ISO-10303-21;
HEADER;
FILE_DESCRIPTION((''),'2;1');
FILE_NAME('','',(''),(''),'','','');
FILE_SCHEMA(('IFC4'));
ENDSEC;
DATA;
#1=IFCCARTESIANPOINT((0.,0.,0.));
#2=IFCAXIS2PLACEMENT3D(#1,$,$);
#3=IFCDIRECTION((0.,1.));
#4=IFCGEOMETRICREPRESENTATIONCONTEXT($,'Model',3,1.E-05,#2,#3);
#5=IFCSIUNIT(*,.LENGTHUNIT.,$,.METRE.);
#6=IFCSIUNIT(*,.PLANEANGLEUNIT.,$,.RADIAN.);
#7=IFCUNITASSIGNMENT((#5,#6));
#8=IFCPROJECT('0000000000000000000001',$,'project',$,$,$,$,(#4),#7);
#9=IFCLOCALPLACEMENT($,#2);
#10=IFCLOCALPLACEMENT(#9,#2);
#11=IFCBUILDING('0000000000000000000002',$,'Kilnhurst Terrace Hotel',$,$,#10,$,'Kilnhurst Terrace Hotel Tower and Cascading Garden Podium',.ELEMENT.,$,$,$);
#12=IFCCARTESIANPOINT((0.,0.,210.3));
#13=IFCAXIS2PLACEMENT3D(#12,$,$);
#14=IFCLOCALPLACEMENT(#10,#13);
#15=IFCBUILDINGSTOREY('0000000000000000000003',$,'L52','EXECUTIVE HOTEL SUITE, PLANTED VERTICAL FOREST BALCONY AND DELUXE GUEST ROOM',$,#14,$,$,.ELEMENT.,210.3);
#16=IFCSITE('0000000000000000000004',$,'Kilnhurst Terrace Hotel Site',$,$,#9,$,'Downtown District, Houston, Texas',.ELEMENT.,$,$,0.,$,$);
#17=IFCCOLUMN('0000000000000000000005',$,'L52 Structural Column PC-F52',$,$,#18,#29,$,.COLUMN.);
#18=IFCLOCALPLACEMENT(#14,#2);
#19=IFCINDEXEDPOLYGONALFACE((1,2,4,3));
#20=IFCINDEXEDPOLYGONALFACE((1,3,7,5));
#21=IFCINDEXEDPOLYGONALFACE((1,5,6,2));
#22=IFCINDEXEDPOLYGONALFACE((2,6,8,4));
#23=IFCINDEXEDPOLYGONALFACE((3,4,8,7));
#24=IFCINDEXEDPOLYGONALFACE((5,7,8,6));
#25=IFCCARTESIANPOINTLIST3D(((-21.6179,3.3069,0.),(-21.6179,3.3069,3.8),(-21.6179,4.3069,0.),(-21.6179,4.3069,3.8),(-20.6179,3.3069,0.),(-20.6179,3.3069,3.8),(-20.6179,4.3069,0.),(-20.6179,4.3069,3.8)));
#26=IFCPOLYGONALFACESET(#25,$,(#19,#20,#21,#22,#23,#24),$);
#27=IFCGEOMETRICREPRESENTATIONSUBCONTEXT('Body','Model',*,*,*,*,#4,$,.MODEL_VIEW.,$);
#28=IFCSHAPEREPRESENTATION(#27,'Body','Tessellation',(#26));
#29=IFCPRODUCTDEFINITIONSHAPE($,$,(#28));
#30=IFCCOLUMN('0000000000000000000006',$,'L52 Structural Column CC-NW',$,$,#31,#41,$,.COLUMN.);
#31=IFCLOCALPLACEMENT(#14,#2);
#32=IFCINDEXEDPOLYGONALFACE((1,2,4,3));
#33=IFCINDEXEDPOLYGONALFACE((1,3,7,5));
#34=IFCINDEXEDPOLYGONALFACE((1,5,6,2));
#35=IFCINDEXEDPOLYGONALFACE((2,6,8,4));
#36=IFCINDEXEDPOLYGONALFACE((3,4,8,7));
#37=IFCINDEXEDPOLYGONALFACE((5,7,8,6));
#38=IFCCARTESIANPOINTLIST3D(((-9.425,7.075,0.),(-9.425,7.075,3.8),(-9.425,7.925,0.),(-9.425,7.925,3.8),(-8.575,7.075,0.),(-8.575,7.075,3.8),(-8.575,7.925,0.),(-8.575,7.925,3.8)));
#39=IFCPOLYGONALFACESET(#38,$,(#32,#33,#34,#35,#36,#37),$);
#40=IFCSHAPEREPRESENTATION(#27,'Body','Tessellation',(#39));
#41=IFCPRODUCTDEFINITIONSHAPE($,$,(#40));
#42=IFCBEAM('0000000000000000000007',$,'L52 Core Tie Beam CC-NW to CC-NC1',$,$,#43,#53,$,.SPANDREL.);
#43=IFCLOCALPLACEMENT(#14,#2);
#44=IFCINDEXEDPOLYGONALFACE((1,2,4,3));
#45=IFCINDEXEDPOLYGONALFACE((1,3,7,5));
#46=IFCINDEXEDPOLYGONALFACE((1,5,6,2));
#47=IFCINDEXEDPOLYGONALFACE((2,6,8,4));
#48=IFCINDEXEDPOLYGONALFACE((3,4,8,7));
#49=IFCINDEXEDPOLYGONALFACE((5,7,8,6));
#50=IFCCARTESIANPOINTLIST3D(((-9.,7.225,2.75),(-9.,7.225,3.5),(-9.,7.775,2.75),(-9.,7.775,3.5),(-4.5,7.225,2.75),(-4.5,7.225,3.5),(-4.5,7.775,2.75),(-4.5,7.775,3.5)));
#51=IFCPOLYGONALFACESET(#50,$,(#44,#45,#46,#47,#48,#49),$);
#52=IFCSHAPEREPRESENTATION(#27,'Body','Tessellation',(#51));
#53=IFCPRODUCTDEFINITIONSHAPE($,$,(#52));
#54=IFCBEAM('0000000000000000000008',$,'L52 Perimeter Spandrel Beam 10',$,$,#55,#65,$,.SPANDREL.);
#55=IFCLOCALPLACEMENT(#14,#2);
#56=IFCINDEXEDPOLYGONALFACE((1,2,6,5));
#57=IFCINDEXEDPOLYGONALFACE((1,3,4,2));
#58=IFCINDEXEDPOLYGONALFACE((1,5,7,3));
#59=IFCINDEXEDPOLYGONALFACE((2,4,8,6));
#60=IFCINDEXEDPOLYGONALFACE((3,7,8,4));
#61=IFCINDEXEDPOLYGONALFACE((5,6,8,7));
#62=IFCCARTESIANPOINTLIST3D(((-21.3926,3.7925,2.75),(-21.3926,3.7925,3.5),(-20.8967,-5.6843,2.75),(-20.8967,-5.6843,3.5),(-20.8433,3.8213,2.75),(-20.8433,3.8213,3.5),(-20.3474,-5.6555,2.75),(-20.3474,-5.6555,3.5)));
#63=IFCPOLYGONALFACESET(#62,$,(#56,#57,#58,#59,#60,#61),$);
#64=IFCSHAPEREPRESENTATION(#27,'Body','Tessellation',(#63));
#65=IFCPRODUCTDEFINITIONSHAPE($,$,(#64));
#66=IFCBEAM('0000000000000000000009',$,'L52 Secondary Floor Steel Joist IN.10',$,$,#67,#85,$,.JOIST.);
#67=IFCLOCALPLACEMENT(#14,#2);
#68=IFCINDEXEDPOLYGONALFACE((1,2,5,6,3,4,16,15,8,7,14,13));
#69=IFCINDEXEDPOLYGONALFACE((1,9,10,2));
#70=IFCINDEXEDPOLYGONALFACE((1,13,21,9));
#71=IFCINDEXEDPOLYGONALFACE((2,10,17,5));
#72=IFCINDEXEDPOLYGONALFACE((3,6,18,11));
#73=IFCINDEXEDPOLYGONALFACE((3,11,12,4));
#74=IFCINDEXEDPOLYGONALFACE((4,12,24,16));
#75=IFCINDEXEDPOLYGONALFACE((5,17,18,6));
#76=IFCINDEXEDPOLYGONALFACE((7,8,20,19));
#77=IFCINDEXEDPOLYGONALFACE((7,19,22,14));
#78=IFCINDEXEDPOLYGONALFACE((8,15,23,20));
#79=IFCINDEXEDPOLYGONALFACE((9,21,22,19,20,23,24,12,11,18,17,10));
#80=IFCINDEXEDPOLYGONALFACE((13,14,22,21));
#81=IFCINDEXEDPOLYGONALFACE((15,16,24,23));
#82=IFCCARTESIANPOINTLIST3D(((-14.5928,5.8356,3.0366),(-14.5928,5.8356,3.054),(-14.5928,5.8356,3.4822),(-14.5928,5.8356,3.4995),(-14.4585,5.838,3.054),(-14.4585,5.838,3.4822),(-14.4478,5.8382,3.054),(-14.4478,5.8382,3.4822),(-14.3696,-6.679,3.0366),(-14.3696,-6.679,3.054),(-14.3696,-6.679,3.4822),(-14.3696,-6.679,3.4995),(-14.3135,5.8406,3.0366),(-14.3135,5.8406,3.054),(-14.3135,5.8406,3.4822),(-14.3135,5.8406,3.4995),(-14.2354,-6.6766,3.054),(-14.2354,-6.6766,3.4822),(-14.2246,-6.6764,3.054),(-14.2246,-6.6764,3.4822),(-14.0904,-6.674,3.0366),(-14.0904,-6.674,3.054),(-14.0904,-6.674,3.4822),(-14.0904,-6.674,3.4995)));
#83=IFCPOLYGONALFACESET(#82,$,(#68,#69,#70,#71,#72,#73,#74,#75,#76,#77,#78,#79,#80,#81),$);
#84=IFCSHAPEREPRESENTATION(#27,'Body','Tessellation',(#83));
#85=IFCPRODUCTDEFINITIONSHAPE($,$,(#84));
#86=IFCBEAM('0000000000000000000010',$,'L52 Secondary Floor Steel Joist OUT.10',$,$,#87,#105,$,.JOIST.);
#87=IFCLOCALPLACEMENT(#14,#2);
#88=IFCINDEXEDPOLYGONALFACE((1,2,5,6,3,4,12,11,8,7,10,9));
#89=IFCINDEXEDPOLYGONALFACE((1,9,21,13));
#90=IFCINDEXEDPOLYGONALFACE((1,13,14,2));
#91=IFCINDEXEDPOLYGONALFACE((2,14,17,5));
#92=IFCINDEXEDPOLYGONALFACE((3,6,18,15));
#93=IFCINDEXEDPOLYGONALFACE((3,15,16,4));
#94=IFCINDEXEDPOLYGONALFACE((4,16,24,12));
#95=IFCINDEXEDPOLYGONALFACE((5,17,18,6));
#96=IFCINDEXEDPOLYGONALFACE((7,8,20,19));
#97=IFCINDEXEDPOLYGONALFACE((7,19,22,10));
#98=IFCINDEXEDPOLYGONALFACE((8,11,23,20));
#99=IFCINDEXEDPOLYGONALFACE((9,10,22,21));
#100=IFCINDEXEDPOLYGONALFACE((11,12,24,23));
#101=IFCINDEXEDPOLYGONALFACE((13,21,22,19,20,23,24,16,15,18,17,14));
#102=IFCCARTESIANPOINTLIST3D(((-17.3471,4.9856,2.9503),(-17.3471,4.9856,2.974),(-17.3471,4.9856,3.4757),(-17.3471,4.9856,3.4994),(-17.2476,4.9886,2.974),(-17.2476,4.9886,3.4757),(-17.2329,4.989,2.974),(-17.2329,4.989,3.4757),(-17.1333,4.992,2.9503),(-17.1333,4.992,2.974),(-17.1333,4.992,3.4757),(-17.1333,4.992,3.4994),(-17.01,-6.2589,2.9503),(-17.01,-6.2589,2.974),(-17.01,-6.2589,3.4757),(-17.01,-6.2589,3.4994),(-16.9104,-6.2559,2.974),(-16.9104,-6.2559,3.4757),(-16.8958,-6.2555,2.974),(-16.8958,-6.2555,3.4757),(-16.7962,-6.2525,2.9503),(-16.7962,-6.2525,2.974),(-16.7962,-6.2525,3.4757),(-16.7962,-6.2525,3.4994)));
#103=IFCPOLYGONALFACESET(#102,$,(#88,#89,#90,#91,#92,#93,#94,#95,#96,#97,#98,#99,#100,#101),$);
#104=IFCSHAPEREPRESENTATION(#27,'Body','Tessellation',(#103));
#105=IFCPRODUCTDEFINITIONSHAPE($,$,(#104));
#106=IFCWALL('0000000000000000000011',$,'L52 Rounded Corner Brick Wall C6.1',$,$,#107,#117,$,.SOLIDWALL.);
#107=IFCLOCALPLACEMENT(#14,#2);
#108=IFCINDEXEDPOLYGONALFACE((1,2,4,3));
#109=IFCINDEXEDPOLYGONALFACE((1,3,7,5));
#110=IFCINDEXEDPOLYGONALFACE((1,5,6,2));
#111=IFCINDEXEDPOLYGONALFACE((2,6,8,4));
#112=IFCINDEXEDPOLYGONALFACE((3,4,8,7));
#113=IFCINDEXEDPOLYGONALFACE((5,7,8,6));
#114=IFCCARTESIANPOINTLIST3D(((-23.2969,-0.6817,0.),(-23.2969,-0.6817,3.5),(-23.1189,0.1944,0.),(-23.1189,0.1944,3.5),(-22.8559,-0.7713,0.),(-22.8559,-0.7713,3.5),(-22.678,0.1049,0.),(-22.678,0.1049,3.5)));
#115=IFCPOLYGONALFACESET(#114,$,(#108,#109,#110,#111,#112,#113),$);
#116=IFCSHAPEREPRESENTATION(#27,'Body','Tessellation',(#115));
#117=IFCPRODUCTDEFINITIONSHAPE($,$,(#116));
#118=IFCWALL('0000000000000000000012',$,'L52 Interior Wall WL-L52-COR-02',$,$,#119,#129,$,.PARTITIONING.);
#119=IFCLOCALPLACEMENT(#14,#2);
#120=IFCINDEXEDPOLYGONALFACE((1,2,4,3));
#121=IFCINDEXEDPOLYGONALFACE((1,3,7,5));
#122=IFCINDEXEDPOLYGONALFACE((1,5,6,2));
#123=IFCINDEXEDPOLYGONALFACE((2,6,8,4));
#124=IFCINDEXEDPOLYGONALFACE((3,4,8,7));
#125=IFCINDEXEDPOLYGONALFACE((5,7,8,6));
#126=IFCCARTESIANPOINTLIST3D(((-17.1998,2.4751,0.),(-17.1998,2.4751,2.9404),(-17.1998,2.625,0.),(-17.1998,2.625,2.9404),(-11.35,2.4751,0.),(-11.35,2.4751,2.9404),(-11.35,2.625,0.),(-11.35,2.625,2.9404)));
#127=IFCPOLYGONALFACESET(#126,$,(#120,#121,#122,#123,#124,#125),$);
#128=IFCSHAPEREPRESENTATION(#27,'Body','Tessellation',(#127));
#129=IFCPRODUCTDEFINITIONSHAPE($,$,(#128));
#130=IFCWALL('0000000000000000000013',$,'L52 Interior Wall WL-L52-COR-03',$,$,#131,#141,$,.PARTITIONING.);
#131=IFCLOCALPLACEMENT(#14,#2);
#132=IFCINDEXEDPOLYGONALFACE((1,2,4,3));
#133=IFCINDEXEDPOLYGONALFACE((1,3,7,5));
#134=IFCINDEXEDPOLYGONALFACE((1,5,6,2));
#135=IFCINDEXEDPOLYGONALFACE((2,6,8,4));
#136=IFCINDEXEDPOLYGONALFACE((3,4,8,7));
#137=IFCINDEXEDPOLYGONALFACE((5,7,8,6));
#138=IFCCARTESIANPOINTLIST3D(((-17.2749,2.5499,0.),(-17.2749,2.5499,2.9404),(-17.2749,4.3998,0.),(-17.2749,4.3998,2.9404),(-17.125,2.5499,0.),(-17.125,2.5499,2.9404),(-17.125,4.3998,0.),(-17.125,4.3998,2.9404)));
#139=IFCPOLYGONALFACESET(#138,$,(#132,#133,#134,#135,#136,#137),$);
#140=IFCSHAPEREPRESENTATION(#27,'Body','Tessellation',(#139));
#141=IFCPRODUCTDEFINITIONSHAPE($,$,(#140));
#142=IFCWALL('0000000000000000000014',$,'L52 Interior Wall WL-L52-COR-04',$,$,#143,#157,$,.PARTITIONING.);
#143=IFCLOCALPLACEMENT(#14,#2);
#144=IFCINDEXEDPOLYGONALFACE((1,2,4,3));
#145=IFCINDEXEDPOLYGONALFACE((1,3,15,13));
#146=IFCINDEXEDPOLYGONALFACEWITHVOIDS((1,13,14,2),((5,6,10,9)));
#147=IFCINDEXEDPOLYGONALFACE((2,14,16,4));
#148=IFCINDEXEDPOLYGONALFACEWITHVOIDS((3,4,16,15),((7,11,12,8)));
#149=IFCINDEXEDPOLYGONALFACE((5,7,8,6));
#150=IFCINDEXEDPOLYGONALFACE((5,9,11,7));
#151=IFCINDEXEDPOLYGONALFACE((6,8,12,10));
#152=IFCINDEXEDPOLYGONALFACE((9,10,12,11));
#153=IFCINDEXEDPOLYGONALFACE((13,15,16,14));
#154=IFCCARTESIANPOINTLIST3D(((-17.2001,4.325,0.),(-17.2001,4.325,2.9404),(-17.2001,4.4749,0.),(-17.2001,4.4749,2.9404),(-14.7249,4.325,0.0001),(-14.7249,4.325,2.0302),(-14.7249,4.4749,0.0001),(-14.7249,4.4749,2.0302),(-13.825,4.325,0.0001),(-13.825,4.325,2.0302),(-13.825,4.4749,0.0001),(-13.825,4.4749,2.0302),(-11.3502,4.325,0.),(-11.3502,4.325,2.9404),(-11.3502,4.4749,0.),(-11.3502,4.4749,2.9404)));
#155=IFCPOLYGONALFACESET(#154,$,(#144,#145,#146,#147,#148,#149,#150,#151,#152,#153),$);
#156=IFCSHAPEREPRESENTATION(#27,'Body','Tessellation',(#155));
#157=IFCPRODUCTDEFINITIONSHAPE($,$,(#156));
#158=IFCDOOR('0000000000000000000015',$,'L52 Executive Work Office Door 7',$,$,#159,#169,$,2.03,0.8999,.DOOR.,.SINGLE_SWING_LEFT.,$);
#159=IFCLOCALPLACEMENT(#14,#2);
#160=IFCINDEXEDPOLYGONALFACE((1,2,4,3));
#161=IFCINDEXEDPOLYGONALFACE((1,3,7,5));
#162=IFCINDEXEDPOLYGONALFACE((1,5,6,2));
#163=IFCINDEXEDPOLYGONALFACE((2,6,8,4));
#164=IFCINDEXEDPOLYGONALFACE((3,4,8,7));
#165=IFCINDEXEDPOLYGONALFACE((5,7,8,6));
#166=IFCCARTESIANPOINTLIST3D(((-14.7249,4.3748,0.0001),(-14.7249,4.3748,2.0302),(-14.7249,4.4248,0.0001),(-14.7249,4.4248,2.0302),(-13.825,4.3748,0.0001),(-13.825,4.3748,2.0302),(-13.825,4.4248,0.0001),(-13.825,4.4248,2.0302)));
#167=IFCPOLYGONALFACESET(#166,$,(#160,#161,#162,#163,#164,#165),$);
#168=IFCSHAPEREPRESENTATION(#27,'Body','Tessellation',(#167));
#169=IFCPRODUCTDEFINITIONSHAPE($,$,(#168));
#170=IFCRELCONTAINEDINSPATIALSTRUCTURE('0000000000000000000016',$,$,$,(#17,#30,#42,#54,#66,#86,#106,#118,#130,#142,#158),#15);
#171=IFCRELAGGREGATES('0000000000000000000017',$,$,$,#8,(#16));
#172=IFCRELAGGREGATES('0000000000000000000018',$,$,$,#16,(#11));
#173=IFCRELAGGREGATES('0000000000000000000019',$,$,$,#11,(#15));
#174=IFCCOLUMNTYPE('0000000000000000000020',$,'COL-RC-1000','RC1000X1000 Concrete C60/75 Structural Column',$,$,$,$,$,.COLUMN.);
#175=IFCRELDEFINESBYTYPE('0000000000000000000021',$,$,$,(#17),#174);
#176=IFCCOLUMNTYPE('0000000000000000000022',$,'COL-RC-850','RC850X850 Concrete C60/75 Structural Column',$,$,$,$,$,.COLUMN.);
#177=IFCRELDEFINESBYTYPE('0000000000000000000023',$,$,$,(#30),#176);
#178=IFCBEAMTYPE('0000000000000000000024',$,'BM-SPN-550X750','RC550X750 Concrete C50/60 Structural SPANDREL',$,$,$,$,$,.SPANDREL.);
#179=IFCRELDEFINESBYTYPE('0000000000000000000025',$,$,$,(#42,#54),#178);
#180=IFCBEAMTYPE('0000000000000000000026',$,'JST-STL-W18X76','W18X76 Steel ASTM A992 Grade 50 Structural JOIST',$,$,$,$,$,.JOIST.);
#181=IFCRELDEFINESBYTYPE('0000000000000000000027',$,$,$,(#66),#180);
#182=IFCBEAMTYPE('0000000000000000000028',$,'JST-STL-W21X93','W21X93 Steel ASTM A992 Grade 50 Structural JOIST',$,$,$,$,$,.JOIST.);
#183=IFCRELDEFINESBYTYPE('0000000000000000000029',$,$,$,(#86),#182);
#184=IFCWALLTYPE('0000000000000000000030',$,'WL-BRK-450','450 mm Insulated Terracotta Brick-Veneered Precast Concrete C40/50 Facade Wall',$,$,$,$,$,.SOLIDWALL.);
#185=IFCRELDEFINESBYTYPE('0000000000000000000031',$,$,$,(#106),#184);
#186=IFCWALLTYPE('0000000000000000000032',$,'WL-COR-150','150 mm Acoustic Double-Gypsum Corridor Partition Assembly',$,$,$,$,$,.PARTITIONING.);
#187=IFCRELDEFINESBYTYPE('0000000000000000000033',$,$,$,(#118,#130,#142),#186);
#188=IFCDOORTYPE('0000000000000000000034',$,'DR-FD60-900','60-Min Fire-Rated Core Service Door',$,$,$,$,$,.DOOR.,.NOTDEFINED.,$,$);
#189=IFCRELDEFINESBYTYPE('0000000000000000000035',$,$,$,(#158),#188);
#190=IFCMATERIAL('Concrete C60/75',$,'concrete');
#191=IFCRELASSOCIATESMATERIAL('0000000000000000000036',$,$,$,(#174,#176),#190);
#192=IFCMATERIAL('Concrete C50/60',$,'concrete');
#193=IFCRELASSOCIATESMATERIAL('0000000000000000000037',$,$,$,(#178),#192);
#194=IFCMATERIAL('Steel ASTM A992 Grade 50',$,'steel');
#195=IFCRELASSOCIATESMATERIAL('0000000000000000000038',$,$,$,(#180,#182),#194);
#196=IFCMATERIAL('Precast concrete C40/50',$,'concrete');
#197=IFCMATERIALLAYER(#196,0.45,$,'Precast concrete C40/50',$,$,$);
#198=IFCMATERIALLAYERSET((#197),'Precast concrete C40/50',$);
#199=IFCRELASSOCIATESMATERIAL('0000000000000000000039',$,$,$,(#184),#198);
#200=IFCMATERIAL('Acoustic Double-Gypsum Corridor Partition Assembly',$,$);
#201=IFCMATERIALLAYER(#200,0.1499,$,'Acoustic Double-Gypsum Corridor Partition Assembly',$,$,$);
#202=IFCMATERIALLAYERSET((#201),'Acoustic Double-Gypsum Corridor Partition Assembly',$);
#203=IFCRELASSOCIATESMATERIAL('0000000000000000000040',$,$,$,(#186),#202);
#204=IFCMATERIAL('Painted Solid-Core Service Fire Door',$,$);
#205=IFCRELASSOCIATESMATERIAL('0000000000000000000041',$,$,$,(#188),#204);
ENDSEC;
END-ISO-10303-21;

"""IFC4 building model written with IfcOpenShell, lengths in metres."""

from ifc_helpers import new_model, si_unit, direction, frame, frame_2d, origin, origin_2d, place, context, subcontext, project, spatial, rectangle, i_section, extrude, material, layer, layer_set, material_profile, profile_set, type_object, element, fill, save


model = new_model("IFC4")

# Units and contexts
model_context = context("Model", 3, precision=1e-05, world=origin(), true_north=direction((0.0, 1.0)))
body_context = subcontext(model_context, "Body", "Model", "MODEL_VIEW")
ifc_project = project(units=[si_unit("LENGTHUNIT", "METRE"), si_unit("PLANEANGLEUNIT", "RADIAN")], contexts=[model_context])

# Site, building, storey
site_placement = place(None, origin())
site = spatial("IfcSite", under=ifc_project, at=site_placement, Name="Kilnhurst Terrace Hotel Site", LongName="Downtown District, Houston, Texas", CompositionType="ELEMENT", RefElevation=0.0)
building_placement = place(site_placement, origin())
building = spatial("IfcBuilding", under=site, at=building_placement, Name="Kilnhurst Terrace Hotel", LongName="Kilnhurst Terrace Hotel Tower and Cascading Garden Podium", CompositionType="ELEMENT")
storey_placement = place(building_placement, frame((0.0, 0.0, 210.3)))
storey = spatial("IfcBuildingStorey", under=building, at=storey_placement, Name="L52", Description="EXECUTIVE HOTEL SUITE, PLANTED VERTICAL FOREST BALCONY AND DELUXE GUEST ROOM", CompositionType="ELEMENT", Elevation=210.3)

# Columns
ifc_material_1 = material(Name="Concrete C60/75", Category="concrete")
ifc_material_profile_1 = material_profile(ifc_material_1, rectangle(XDim=1.0, YDim=1.0, at=origin_2d()), Name="RC1000X1000")
ifc_profile_set_1 = profile_set([ifc_material_profile_1], Name="Concrete C60/75")
column_type_1 = type_object("IfcColumnType", Name="COL-RC-1000", Description="RC1000X1000 Concrete C60/75 Structural Column", PredefinedType="COLUMN", material=ifc_profile_set_1)
column_1_placement = place(storey_placement, frame((-21.1179, 3.8069, 0.0), z_axis=(0.0, 0.0, 1.0), x_axis=(1.0, 0.0, 0.0)))
element("IfcColumn", 1, at=column_1_placement, inside=storey, type_object=column_type_1, Name="L52 Structural Column PC-F52", PredefinedType="COLUMN", context=body_context, shape_type="SweptSolid", body=[
    extrude(rectangle(XDim=1.0, YDim=1.0, at=origin_2d()), origin(), (0.0, 0.0, 1.0), 3.8),
])
ifc_material_profile_2 = material_profile(ifc_material_1, rectangle(XDim=0.8501, YDim=0.8501, at=origin_2d()), Name="RC850X850")
ifc_profile_set_2 = profile_set([ifc_material_profile_2], Name="Concrete C60/75")
column_type_2 = type_object("IfcColumnType", Name="COL-RC-850", Description="RC850X850 Concrete C60/75 Structural Column", PredefinedType="COLUMN", material=ifc_profile_set_2)
column_2_placement = place(storey_placement, frame((-9.0, 7.5, 0.0), z_axis=(0.0, 0.0, 1.0), x_axis=(1.0, 0.0, 0.0)))
element("IfcColumn", 2, at=column_2_placement, inside=storey, type_object=column_type_2, Name="L52 Structural Column CC-NW", PredefinedType="COLUMN", context=body_context, shape_type="SweptSolid", body=[
    extrude(rectangle(XDim=0.8501, YDim=0.8501, at=origin_2d()), origin(), (0.0, 0.0, 1.0), 3.8),
])

# Beams
ifc_material_2 = material(Name="Concrete C50/60", Category="concrete")
ifc_material_profile_3 = material_profile(ifc_material_2, rectangle(XDim=0.55, YDim=0.75, at=origin_2d()), Name="RC550X750")
ifc_profile_set_3 = profile_set([ifc_material_profile_3], Name="Concrete C50/60")
beam_type_1 = type_object("IfcBeamType", Name="BM-SPN-550X750", Description="RC550X750 Concrete C50/60 Structural SPANDREL", PredefinedType="SPANDREL", material=ifc_profile_set_3)
beam_1_placement = place(storey_placement, frame((-9.0, 7.5, 3.125), z_axis=(1.0, 0.0, 0.0), x_axis=(0.0, 1.0, 0.0)))
element("IfcBeam", 3, at=beam_1_placement, inside=storey, type_object=beam_type_1, Name="L52 Core Tie Beam CC-NW to CC-NC1", PredefinedType="SPANDREL", context=body_context, shape_type="SweptSolid", body=[
    extrude(rectangle(XDim=0.55, YDim=0.75, at=origin_2d()), origin(), (0.0, 0.0, 1.0), 4.5),
])
beam_2_placement = place(storey_placement, frame((-21.1179, 3.8069, 3.125), z_axis=(0.052251, -0.998634, 0.0), x_axis=(0.998634, 0.052251, 0.0)))
element("IfcBeam", 4, at=beam_2_placement, inside=storey, type_object=beam_type_1, Name="L52 Perimeter Spandrel Beam 10", PredefinedType="SPANDREL", context=body_context, shape_type="SweptSolid", body=[
    extrude(rectangle(XDim=0.55, YDim=0.75, at=origin_2d()), origin(), (0.0, 0.0, 1.0), 9.4897),
])
ifc_material_3 = material(Name="Steel ASTM A992 Grade 50", Category="steel")
ifc_material_profile_4 = material_profile(ifc_material_3, i_section(OverallWidth=0.2793, OverallDepth=0.4629, WebThickness=0.0107, FlangeThickness=0.0173, at=origin_2d()), Name="W18X76")
ifc_profile_set_4 = profile_set([ifc_material_profile_4], Name="Steel ASTM A992 Grade 50")
beam_type_2 = type_object("IfcBeamType", Name="JST-STL-W18X76", Description="W18X76 Steel ASTM A992 Grade 50 Structural JOIST", PredefinedType="JOIST", material=ifc_profile_set_4)
beam_3_placement = place(storey_placement, frame((-14.4531, 5.8381, 3.2681), z_axis=(0.017828, -0.999841, 0.0), x_axis=(0.999841, 0.017828, 0.0)))
element("IfcBeam", 5, at=beam_3_placement, inside=storey, type_object=beam_type_2, Name="L52 Secondary Floor Steel Joist IN.10", PredefinedType="JOIST", context=body_context, shape_type="SweptSolid", body=[
    extrude(i_section(OverallWidth=0.2793, OverallDepth=0.4629, WebThickness=0.0107, FlangeThickness=0.0173, at=origin_2d()), origin(), (0.0, 0.0, 1.0), 12.5166),
])
ifc_material_profile_5 = material_profile(ifc_material_3, i_section(OverallWidth=0.2139, OverallDepth=0.5491, WebThickness=0.0146, FlangeThickness=0.0237, at=origin_2d()), Name="W21X93")
ifc_profile_set_5 = profile_set([ifc_material_profile_5], Name="Steel ASTM A992 Grade 50")
beam_type_3 = type_object("IfcBeamType", Name="JST-STL-W21X93", Description="W21X93 Steel ASTM A992 Grade 50 Structural JOIST", PredefinedType="JOIST", material=ifc_profile_set_5)
beam_4_placement = place(storey_placement, frame((-17.2402, 4.9888, 3.2249), z_axis=(0.029971, -0.999551, 0.0), x_axis=(0.999551, 0.029971, 0.0)))
element("IfcBeam", 6, at=beam_4_placement, inside=storey, type_object=beam_type_3, Name="L52 Secondary Floor Steel Joist OUT.10", PredefinedType="JOIST", context=body_context, shape_type="SweptSolid", body=[
    extrude(i_section(OverallWidth=0.2139, OverallDepth=0.5491, WebThickness=0.0146, FlangeThickness=0.0237, at=origin_2d()), origin(), (0.0, 0.0, 1.0), 11.2495),
])

# Walls
ifc_material_4 = material(Name="Precast concrete C40/50", Category="concrete")
ifc_layer_1 = layer(ifc_material_4, 0.45, Name="Precast concrete C40/50")
ifc_layer_set_1 = layer_set([ifc_layer_1], Name="Precast concrete C40/50")
wall_type_1 = type_object("IfcWallType", Name="WL-BRK-450", Description="450 mm Insulated Terracotta Brick-Veneered Precast Concrete C40/50 Facade Wall", PredefinedType="SOLIDWALL", material=ifc_layer_set_1)
wall_1_placement = place(storey_placement, frame((-22.8984, 0.1497, 0.0), z_axis=(0.0, 0.0, 1.0), x_axis=(-0.199056, -0.979988, 0.0)))
element("IfcWall", 7, at=wall_1_placement, inside=storey, type_object=wall_type_1, Name="L52 Rounded Corner Brick Wall C6.1", PredefinedType="SOLIDWALL", context=body_context, shape_type="SweptSolid", body=[
    extrude(rectangle(XDim=0.894, YDim=0.45, at=frame_2d((0.447, 0.0))), origin(), (0.0, 0.0, 1.0), 3.5),
])
ifc_material_5 = material(Name="Acoustic Double-Gypsum Corridor Partition Assembly")
ifc_layer_2 = layer(ifc_material_5, 0.1499, Name="Acoustic Double-Gypsum Corridor Partition Assembly")
ifc_layer_set_2 = layer_set([ifc_layer_2], Name="Acoustic Double-Gypsum Corridor Partition Assembly")
wall_type_2 = type_object("IfcWallType", Name="WL-COR-150", Description="150 mm Acoustic Double-Gypsum Corridor Partition Assembly", PredefinedType="PARTITIONING", material=ifc_layer_set_2)
wall_2_placement = place(storey_placement, frame((-11.3501, 2.55, 0.0), z_axis=(0.0, 0.0, 1.0), x_axis=(-1.0, 0.0, 0.0)))
element("IfcWall", 8, at=wall_2_placement, inside=storey, type_object=wall_type_2, Name="L52 Interior Wall WL-L52-COR-02", PredefinedType="PARTITIONING", context=body_context, shape_type="SweptSolid", body=[
    extrude(rectangle(XDim=5.8499, YDim=0.1499, at=frame_2d((2.9248, 0.0))), origin(), (0.0, 0.0, 1.0), 2.9404),
])
wall_3_placement = place(storey_placement, frame((-17.2, 2.55, 0.0), z_axis=(0.0, 0.0, 1.0), x_axis=(0.0, 1.0, 0.0)))
element("IfcWall", 9, at=wall_3_placement, inside=storey, type_object=wall_type_2, Name="L52 Interior Wall WL-L52-COR-03", PredefinedType="PARTITIONING", context=body_context, shape_type="SweptSolid", body=[
    extrude(rectangle(XDim=1.8499, YDim=0.1499, at=frame_2d((0.9248, 0.0))), origin(), (0.0, 0.0, 1.0), 2.9404),
])

# Wall, opening, door
wall_4_placement = place(storey_placement, frame((-17.2, 4.3999, 0.0), z_axis=(0.0, 0.0, 1.0), x_axis=(1.0, 0.0, 0.0)))
wall_4 = element("IfcWall", 10, at=wall_4_placement, inside=storey, type_object=wall_type_2, Name="L52 Interior Wall WL-L52-COR-04", PredefinedType="PARTITIONING", context=body_context, shape_type="SweptSolid", body=[
    extrude(rectangle(XDim=5.8499, YDim=0.1499, at=frame_2d((2.9248, 0.0))), origin(), (0.0, 0.0, 1.0), 2.9404),
])
opening_1_placement = place(wall_4_placement, frame((2.4751, 0.0, 0.0)))
opening_1 = element("IfcOpeningElement", 11, at=opening_1_placement, cuts=wall_4, PredefinedType="OPENING", context=body_context, shape_type="SweptSolid", body=[
    extrude(rectangle(XDim=0.8999, YDim=2.03, at=frame_2d((0.45, 1.0151))), frame((0.0, 0.085, 0.0), z_axis=(0.0, -1.0, 0.0), x_axis=(1.0, 0.0, 0.0)), (0.0, 0.0, 1.0), 0.1699),
])
ifc_material_6 = material(Name="Painted Solid-Core Service Fire Door")
door_type_1 = type_object("IfcDoorType", Name="DR-FD60-900", Description="60-Min Fire-Rated Core Service Door", OperationType="NOTDEFINED", PredefinedType="DOOR", material=ifc_material_6)
door_1_placement = place(opening_1_placement, origin())
door_1 = element("IfcDoor", 12, at=door_1_placement, inside=storey, type_object=door_type_1, Name="L52 Executive Work Office Door 7", OperationType="SINGLE_SWING_LEFT", OverallHeight=2.03, OverallWidth=0.8999, PredefinedType="DOOR", context=body_context, shape_type="SweptSolid", body=[
    extrude(rectangle(XDim=0.8999, YDim=2.03, at=frame_2d((0.45, 1.0151))), frame((0.0, 0.0249, 0.0), z_axis=(0.0, -1.0, 0.0), x_axis=(1.0, 0.0, 0.0)), (0.0, 0.0, 1.0), 0.05),
])
fill(opening_1, door_1)

save(model, "model.ifc")
